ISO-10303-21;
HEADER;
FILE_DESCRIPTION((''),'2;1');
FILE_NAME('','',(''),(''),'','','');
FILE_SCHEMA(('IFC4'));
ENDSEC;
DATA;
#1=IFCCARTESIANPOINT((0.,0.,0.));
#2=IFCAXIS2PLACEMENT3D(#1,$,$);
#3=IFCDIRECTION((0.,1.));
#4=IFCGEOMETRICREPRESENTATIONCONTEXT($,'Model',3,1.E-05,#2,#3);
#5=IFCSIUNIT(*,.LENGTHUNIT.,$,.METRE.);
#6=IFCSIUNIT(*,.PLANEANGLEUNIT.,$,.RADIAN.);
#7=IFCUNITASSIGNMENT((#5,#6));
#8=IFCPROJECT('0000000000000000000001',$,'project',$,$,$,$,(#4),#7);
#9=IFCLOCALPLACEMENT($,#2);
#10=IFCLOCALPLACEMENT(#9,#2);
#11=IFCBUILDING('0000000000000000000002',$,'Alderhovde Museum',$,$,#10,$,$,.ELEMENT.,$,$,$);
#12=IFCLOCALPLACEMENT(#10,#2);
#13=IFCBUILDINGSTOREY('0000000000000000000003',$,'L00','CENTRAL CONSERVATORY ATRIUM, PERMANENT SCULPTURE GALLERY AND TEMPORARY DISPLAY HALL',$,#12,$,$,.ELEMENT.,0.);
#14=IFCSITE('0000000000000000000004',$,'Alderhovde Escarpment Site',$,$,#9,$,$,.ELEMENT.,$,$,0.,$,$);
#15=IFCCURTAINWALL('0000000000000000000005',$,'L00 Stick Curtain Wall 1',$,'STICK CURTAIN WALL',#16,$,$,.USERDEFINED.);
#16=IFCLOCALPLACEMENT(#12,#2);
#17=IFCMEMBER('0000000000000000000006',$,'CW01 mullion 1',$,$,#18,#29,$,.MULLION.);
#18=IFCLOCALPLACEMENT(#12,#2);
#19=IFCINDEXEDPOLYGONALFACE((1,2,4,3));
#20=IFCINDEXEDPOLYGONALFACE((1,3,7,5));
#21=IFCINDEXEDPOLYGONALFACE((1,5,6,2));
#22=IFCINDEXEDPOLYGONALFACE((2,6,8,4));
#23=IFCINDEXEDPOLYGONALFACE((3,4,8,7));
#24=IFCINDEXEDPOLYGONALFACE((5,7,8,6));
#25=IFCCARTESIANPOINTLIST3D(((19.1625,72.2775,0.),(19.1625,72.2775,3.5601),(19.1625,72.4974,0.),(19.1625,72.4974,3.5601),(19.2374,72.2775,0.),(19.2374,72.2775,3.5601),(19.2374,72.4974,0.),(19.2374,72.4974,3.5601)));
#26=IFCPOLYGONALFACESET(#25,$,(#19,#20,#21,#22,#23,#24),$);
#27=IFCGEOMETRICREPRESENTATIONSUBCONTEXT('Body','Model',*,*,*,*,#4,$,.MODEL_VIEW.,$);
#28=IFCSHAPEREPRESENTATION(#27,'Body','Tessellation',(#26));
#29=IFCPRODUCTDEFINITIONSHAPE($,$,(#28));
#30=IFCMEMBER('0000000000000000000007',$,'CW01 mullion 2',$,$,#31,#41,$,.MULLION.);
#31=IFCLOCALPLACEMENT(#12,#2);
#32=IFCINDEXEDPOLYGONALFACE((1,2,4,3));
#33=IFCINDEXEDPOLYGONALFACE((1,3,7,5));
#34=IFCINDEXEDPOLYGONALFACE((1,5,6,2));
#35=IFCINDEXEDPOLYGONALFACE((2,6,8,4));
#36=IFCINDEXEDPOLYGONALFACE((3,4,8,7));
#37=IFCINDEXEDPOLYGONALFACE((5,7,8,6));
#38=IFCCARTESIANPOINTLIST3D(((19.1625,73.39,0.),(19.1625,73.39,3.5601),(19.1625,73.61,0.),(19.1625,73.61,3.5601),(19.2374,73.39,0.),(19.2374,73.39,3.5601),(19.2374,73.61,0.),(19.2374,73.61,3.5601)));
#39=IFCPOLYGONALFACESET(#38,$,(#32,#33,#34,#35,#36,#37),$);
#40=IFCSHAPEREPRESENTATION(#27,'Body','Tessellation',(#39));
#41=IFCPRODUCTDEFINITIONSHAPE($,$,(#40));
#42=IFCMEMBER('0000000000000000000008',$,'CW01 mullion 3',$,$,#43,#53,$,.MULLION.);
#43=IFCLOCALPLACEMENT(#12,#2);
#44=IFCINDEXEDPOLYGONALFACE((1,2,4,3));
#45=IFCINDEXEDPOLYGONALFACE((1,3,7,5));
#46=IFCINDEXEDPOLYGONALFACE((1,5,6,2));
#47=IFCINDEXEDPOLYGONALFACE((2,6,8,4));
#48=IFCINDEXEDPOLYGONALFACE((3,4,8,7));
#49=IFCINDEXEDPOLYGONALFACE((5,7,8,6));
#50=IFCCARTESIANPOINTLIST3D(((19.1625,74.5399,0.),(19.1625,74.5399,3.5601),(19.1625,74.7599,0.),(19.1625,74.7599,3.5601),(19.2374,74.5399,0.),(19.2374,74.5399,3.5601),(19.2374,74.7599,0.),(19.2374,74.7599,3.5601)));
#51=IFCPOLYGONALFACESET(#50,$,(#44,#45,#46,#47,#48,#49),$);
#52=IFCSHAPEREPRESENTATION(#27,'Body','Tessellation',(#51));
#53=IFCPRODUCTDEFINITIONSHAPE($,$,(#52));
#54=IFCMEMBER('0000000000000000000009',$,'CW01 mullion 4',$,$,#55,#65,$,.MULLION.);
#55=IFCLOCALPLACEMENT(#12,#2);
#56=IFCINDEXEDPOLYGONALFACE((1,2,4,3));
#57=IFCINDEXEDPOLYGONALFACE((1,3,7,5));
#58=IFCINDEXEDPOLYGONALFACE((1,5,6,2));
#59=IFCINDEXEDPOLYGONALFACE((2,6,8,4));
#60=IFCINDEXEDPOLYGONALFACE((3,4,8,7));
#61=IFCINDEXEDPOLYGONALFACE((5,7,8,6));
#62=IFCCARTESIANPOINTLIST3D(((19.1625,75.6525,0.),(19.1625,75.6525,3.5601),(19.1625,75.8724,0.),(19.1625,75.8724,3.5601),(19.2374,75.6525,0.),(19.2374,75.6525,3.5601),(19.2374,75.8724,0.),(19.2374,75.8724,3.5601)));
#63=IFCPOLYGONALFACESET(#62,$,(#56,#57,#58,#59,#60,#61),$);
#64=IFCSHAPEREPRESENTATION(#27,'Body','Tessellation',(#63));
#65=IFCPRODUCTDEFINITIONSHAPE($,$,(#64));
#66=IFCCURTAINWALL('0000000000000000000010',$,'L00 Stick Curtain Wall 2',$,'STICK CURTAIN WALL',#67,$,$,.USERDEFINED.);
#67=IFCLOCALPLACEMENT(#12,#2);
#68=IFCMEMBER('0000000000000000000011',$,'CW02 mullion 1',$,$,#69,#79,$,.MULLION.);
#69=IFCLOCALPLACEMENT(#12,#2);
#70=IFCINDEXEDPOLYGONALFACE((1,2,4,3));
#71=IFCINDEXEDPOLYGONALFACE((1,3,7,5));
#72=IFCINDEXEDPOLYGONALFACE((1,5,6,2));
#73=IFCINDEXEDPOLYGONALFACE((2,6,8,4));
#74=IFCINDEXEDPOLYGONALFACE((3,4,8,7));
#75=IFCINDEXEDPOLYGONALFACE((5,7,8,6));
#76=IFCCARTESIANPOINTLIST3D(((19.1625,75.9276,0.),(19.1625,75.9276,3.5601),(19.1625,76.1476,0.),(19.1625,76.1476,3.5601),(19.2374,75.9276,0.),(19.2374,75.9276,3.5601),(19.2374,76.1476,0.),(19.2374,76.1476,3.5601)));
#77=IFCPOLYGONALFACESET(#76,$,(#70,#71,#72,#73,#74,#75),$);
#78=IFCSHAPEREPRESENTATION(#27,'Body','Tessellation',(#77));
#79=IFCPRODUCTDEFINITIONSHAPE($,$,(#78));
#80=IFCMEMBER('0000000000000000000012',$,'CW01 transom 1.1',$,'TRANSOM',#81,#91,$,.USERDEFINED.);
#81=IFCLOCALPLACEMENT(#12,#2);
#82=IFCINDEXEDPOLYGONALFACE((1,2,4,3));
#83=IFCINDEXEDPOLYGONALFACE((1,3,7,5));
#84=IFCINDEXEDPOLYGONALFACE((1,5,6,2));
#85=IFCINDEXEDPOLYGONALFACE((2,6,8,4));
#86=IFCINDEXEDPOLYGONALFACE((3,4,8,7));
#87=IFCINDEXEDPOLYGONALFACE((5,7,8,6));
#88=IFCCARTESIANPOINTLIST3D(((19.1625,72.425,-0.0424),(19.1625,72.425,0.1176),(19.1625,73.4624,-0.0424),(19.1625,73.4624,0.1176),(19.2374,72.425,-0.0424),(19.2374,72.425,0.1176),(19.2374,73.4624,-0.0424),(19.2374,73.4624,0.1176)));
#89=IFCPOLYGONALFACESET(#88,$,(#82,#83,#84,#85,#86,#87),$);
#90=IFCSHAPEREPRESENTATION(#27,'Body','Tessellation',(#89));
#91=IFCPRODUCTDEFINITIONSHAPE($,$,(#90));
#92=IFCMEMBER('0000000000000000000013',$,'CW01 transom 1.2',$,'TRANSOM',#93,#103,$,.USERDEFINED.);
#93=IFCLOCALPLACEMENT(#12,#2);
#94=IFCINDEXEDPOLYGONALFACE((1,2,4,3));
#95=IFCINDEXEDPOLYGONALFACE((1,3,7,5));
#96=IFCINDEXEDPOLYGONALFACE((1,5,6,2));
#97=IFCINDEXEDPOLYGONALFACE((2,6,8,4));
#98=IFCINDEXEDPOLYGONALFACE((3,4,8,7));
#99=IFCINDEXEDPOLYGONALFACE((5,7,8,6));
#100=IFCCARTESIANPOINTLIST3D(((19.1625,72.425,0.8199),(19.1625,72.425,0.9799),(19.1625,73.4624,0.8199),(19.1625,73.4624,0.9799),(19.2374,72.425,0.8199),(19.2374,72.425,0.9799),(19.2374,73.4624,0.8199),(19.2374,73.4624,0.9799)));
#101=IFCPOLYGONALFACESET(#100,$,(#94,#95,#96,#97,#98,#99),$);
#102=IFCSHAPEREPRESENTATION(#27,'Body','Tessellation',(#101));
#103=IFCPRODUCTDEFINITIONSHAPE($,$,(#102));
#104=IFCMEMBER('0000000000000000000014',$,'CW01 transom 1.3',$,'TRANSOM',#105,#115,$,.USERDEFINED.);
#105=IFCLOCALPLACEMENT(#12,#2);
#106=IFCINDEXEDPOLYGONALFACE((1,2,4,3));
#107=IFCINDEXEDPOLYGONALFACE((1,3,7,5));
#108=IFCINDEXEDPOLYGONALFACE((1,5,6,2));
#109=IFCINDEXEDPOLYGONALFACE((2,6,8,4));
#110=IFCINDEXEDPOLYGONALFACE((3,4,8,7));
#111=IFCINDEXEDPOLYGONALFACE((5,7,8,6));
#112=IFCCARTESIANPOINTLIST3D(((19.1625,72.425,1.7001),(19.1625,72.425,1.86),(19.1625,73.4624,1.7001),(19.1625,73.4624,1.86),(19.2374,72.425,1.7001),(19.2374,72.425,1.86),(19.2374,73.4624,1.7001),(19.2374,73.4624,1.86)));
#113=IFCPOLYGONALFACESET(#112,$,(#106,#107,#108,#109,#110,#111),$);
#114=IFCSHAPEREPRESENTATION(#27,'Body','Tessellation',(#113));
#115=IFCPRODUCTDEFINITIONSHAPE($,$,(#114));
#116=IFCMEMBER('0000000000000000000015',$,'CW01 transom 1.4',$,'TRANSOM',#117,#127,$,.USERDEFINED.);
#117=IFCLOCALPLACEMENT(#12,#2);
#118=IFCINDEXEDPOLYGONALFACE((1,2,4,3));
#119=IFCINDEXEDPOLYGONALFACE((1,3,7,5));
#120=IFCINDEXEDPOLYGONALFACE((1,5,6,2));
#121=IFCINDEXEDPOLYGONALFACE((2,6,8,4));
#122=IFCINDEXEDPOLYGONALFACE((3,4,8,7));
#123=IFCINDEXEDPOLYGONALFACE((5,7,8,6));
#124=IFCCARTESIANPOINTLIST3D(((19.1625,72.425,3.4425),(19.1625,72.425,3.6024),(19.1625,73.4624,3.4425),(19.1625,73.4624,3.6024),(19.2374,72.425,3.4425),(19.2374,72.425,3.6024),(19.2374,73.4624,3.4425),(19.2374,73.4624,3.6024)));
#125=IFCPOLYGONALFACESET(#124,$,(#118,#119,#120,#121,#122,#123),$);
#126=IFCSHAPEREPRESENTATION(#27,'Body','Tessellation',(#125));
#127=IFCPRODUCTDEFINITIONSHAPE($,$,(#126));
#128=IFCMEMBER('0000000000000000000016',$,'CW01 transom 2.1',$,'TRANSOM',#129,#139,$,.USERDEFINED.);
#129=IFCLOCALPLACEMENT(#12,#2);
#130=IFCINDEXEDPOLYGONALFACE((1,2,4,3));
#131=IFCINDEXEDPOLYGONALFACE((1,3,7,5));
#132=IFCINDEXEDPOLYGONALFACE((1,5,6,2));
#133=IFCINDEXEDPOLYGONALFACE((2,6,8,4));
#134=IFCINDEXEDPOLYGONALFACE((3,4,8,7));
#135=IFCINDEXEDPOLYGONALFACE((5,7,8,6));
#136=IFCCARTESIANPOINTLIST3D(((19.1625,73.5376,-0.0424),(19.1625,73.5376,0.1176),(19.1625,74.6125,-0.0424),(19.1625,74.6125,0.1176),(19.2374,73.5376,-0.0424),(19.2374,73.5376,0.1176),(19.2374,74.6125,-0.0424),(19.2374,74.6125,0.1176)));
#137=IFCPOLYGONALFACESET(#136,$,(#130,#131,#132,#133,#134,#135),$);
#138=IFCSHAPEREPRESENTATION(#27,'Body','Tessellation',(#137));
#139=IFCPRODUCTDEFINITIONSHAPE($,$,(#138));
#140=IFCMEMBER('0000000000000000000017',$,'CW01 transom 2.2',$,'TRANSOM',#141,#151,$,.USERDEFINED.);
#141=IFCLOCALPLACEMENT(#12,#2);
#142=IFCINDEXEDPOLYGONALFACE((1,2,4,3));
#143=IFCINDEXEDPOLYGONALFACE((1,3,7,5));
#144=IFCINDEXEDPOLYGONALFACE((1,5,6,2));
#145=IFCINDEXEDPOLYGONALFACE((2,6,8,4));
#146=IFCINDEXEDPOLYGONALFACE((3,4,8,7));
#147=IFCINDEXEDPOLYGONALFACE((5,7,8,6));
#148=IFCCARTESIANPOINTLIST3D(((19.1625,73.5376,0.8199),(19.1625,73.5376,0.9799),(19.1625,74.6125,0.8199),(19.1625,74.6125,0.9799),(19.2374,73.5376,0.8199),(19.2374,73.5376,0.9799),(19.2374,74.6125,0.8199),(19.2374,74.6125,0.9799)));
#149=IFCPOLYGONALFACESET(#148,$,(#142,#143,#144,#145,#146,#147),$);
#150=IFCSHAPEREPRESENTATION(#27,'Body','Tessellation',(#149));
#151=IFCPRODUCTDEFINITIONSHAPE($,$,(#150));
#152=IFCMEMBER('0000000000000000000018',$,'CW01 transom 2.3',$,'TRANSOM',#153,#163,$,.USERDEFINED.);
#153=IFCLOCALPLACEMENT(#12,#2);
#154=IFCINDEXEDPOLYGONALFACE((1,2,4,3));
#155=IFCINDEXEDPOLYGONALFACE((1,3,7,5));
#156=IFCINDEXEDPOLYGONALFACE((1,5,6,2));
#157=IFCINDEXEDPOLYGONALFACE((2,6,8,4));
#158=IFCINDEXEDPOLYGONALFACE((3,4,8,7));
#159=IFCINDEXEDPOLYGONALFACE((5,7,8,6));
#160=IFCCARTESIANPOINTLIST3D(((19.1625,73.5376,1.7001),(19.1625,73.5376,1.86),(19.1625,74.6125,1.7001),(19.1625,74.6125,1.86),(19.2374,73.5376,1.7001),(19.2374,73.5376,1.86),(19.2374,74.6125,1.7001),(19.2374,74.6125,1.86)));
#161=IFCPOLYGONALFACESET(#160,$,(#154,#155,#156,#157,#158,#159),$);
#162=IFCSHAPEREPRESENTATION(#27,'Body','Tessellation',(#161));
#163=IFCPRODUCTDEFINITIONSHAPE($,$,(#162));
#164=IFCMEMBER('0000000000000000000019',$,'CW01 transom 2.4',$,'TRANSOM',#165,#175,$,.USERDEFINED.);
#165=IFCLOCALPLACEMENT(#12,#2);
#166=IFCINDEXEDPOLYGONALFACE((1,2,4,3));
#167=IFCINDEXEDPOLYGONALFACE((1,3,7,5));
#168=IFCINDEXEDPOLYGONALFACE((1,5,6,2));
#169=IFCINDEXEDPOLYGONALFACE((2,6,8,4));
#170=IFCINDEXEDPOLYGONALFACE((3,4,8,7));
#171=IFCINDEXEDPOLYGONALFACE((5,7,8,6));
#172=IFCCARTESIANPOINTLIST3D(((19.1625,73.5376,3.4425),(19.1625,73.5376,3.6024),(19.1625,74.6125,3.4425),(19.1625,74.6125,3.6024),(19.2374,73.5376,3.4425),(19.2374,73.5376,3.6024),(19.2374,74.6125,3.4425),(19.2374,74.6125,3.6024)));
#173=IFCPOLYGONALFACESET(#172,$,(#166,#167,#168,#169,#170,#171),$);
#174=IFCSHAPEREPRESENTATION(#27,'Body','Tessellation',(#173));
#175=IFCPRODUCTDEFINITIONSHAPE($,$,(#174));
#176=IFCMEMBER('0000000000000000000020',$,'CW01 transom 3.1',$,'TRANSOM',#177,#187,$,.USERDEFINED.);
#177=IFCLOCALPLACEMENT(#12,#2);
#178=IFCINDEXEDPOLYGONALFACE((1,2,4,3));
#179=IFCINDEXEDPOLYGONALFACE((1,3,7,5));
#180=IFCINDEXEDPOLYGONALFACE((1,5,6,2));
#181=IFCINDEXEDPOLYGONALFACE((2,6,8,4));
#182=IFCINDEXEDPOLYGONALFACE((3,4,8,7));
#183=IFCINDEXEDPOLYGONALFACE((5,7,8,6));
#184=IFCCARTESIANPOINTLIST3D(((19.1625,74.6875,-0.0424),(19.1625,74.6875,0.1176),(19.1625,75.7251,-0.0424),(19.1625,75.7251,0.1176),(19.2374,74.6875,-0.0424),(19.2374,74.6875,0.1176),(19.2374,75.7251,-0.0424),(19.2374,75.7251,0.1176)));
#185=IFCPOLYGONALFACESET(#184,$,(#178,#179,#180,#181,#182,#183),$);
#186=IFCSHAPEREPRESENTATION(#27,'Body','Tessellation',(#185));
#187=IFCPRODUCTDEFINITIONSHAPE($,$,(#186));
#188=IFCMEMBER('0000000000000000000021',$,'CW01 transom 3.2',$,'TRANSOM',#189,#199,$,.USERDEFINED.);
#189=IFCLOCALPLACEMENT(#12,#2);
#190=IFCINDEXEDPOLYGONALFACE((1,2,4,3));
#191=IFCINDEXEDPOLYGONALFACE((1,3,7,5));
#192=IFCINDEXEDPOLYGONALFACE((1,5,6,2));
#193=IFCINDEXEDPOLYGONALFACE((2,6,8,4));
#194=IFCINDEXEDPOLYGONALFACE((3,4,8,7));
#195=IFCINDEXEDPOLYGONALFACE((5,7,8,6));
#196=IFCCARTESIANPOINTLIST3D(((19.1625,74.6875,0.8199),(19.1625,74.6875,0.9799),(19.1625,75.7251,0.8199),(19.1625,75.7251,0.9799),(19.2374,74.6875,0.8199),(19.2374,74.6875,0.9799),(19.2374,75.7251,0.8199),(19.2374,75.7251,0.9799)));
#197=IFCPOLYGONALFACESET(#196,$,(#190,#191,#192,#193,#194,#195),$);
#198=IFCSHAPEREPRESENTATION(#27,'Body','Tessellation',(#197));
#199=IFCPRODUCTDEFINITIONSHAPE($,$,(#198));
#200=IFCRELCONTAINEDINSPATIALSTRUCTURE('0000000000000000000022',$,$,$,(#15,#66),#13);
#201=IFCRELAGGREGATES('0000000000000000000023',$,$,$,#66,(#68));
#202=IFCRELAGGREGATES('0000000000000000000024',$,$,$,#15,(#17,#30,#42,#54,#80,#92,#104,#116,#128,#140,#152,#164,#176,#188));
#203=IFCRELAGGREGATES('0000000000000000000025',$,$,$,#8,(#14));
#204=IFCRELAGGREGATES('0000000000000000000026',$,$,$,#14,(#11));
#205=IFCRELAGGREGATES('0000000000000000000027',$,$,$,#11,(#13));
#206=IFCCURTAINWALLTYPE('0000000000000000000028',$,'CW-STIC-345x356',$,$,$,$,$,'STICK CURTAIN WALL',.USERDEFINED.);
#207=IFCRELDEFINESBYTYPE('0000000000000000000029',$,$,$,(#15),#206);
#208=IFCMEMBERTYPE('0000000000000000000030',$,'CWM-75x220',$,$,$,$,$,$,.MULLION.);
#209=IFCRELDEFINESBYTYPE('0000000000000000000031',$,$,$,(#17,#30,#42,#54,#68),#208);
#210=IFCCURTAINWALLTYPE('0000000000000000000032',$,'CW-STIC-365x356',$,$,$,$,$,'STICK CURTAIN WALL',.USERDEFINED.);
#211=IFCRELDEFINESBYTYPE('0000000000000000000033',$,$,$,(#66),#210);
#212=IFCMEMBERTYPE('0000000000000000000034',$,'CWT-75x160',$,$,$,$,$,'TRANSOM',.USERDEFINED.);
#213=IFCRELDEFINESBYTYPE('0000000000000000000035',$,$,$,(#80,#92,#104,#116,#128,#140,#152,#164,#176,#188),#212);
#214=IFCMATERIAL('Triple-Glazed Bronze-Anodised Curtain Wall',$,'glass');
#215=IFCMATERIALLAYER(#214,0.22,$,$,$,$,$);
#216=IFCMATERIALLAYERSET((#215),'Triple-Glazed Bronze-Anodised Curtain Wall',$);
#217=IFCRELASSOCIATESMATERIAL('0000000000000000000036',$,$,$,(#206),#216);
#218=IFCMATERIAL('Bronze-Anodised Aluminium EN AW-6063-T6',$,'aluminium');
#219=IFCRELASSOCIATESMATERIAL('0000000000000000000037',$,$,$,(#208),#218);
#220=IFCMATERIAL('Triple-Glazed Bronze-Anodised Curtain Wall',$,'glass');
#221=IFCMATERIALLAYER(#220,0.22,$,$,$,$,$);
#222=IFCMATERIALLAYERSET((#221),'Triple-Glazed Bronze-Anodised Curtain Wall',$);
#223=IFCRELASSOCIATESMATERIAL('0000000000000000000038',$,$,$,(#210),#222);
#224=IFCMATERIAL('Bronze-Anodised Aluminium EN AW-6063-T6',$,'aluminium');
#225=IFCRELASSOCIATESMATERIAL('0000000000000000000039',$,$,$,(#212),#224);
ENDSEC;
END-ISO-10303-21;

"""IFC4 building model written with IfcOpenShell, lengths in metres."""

from ifc_helpers import new_model, si_unit, direction, frame, origin, origin_2d, place, context, subcontext, project, spatial, rectangle, extrude, material, layer, layer_set, material_profile, profile_set, type_object, element, aggregate, save


model = new_model("IFC4")

# Units and contexts
model_context = context("Model", 3, precision=1e-05, world=origin(), true_north=direction((0.0, 1.0)))
body_context = subcontext(model_context, "Body", "Model", "MODEL_VIEW")
ifc_project = project(units=[si_unit("LENGTHUNIT", "METRE"), si_unit("PLANEANGLEUNIT", "RADIAN")], contexts=[model_context])

# Site, building, storey
site_placement = place(None, origin())
site = spatial("IfcSite", under=ifc_project, at=site_placement, Name="Alderhovde Escarpment Site", CompositionType="ELEMENT", RefElevation=0.0)
building_placement = place(site_placement, origin())
building = spatial("IfcBuilding", under=site, at=building_placement, Name="Alderhovde Museum", CompositionType="ELEMENT")
storey_placement = place(building_placement, origin())
storey = spatial("IfcBuildingStorey", under=building, at=storey_placement, Name="L00", Description="CENTRAL CONSERVATORY ATRIUM, PERMANENT SCULPTURE GALLERY AND TEMPORARY DISPLAY HALL", CompositionType="ELEMENT", Elevation=0.0)

# Curtain wall, members
ifc_material_1 = material(Name="Triple-Glazed Bronze-Anodised Curtain Wall", Category="glass")
ifc_layer_1 = layer(ifc_material_1, 0.22)
ifc_layer_set_1 = layer_set([ifc_layer_1], Name="Triple-Glazed Bronze-Anodised Curtain Wall")
curtain_wall_type_1 = type_object("IfcCurtainWallType", Name="CW-STIC-345x356", ElementType="STICK CURTAIN WALL", PredefinedType="USERDEFINED", material=ifc_layer_set_1)
curtain_wall_1_placement = place(storey_placement, origin())
curtain_wall_1 = element("IfcCurtainWall", 1, at=curtain_wall_1_placement, inside=storey, type_object=curtain_wall_type_1, Name="L00 Stick Curtain Wall 1", ObjectType="STICK CURTAIN WALL", PredefinedType="USERDEFINED")
ifc_material_2 = material(Name="Bronze-Anodised Aluminium EN AW-6063-T6", Category="aluminium")
ifc_material_profile_1 = material_profile(ifc_material_2, rectangle(XDim=0.075, YDim=0.22, at=origin_2d()), Name="MULLION 75x220")
ifc_profile_set_1 = profile_set([ifc_material_profile_1], Name="Bronze-Anodised Aluminium EN AW-6063-T6")
member_type_1 = type_object("IfcMemberType", Name="CWM-75x220", PredefinedType="MULLION", material=ifc_profile_set_1)
member_1_placement = place(storey_placement, frame((19.2, 72.3875, 0.0), z_axis=(0.0, 0.0, 1.0), x_axis=(-1.0, 0.0, 0.0)))
member_1 = element("IfcMember", 2, at=member_1_placement, type_object=member_type_1, Name="CW01 mullion 1", PredefinedType="MULLION", context=body_context, shape_type="SweptSolid", body=[
    extrude(rectangle(XDim=0.075, YDim=0.22, at=origin_2d()), origin(), (0.0, 0.0, 1.0), 3.5601),
])
member_2_placement = place(storey_placement, frame((19.2, 73.5, 0.0), z_axis=(0.0, 0.0, 1.0), x_axis=(-1.0, 0.0, 0.0)))
member_2 = element("IfcMember", 3, at=member_2_placement, type_object=member_type_1, Name="CW01 mullion 2", PredefinedType="MULLION", context=body_context, shape_type="SweptSolid", body=[
    extrude(rectangle(XDim=0.075, YDim=0.22, at=origin_2d()), origin(), (0.0, 0.0, 1.0), 3.5601),
])
member_3_placement = place(storey_placement, frame((19.2, 74.6499, 0.0), z_axis=(0.0, 0.0, 1.0), x_axis=(-1.0, 0.0, 0.0)))
member_3 = element("IfcMember", 4, at=member_3_placement, type_object=member_type_1, Name="CW01 mullion 3", PredefinedType="MULLION", context=body_context, shape_type="SweptSolid", body=[
    extrude(rectangle(XDim=0.075, YDim=0.22, at=origin_2d()), origin(), (0.0, 0.0, 1.0), 3.5601),
])
member_4_placement = place(storey_placement, frame((19.2, 75.7625, 0.0), z_axis=(0.0, 0.0, 1.0), x_axis=(-1.0, 0.0, 0.0)))
member_4 = element("IfcMember", 5, at=member_4_placement, type_object=member_type_1, Name="CW01 mullion 4", PredefinedType="MULLION", context=body_context, shape_type="SweptSolid", body=[
    extrude(rectangle(XDim=0.075, YDim=0.22, at=origin_2d()), origin(), (0.0, 0.0, 1.0), 3.5601),
])

# Curtain wall, member
ifc_material_3 = material(Name="Triple-Glazed Bronze-Anodised Curtain Wall", Category="glass")
ifc_layer_2 = layer(ifc_material_3, 0.22)
ifc_layer_set_2 = layer_set([ifc_layer_2], Name="Triple-Glazed Bronze-Anodised Curtain Wall")
curtain_wall_type_2 = type_object("IfcCurtainWallType", Name="CW-STIC-365x356", ElementType="STICK CURTAIN WALL", PredefinedType="USERDEFINED", material=ifc_layer_set_2)
curtain_wall_2_placement = place(storey_placement, origin())
curtain_wall_2 = element("IfcCurtainWall", 6, at=curtain_wall_2_placement, inside=storey, type_object=curtain_wall_type_2, Name="L00 Stick Curtain Wall 2", ObjectType="STICK CURTAIN WALL", PredefinedType="USERDEFINED")
member_5_placement = place(storey_placement, frame((19.2, 76.0376, 0.0), z_axis=(0.0, 0.0, 1.0), x_axis=(-1.0, 0.0, 0.0)))
member_5 = element("IfcMember", 7, at=member_5_placement, type_object=member_type_1, Name="CW02 mullion 1", PredefinedType="MULLION", context=body_context, shape_type="SweptSolid", body=[
    extrude(rectangle(XDim=0.075, YDim=0.22, at=origin_2d()), origin(), (0.0, 0.0, 1.0), 3.5601),
])
aggregate(curtain_wall_2, [member_5])

# Members
ifc_material_4 = material(Name="Bronze-Anodised Aluminium EN AW-6063-T6", Category="aluminium")
ifc_material_profile_2 = material_profile(ifc_material_4, rectangle(XDim=0.075, YDim=0.1599, at=origin_2d()), Name="TRANSOM 75x160")
ifc_profile_set_2 = profile_set([ifc_material_profile_2], Name="Bronze-Anodised Aluminium EN AW-6063-T6")
member_type_2 = type_object("IfcMemberType", Name="CWT-75x160", ElementType="TRANSOM", PredefinedType="USERDEFINED", material=ifc_profile_set_2)
member_6_placement = place(storey_placement, frame((19.2, 72.425, 0.0376), z_axis=(0.0, 1.0, 0.0), x_axis=(-1.0, 0.0, 0.0)))
member_6 = element("IfcMember", 8, at=member_6_placement, type_object=member_type_2, Name="CW01 transom 1.1", ObjectType="TRANSOM", PredefinedType="USERDEFINED", context=body_context, shape_type="SweptSolid", body=[
    extrude(rectangle(XDim=0.075, YDim=0.1599, at=origin_2d()), origin(), (0.0, 0.0, 1.0), 1.0374),
])
member_7_placement = place(storey_placement, frame((19.2, 72.425, 0.8999), z_axis=(0.0, 1.0, 0.0), x_axis=(-1.0, 0.0, 0.0)))
member_7 = element("IfcMember", 9, at=member_7_placement, type_object=member_type_2, Name="CW01 transom 1.2", ObjectType="TRANSOM", PredefinedType="USERDEFINED", context=body_context, shape_type="SweptSolid", body=[
    extrude(rectangle(XDim=0.075, YDim=0.1599, at=origin_2d()), origin(), (0.0, 0.0, 1.0), 1.0374),
])
member_8_placement = place(storey_placement, frame((19.2, 72.425, 1.78), z_axis=(0.0, 1.0, 0.0), x_axis=(-1.0, 0.0, 0.0)))
member_8 = element("IfcMember", 10, at=member_8_placement, type_object=member_type_2, Name="CW01 transom 1.3", ObjectType="TRANSOM", PredefinedType="USERDEFINED", context=body_context, shape_type="SweptSolid", body=[
    extrude(rectangle(XDim=0.075, YDim=0.1599, at=origin_2d()), origin(), (0.0, 0.0, 1.0), 1.0374),
])
member_9_placement = place(storey_placement, frame((19.2, 72.425, 3.5225), z_axis=(0.0, 1.0, 0.0), x_axis=(-1.0, 0.0, 0.0)))
member_9 = element("IfcMember", 11, at=member_9_placement, type_object=member_type_2, Name="CW01 transom 1.4", ObjectType="TRANSOM", PredefinedType="USERDEFINED", context=body_context, shape_type="SweptSolid", body=[
    extrude(rectangle(XDim=0.075, YDim=0.1599, at=origin_2d()), origin(), (0.0, 0.0, 1.0), 1.0374),
])
member_10_placement = place(storey_placement, frame((19.2, 73.5376, 0.0376), z_axis=(0.0, 1.0, 0.0), x_axis=(-1.0, 0.0, 0.0)))
member_10 = element("IfcMember", 12, at=member_10_placement, type_object=member_type_2, Name="CW01 transom 2.1", ObjectType="TRANSOM", PredefinedType="USERDEFINED", context=body_context, shape_type="SweptSolid", body=[
    extrude(rectangle(XDim=0.075, YDim=0.1599, at=origin_2d()), origin(), (0.0, 0.0, 1.0), 1.075),
])
member_11_placement = place(storey_placement, frame((19.2, 73.5376, 0.8999), z_axis=(0.0, 1.0, 0.0), x_axis=(-1.0, 0.0, 0.0)))
member_11 = element("IfcMember", 13, at=member_11_placement, type_object=member_type_2, Name="CW01 transom 2.2", ObjectType="TRANSOM", PredefinedType="USERDEFINED", context=body_context, shape_type="SweptSolid", body=[
    extrude(rectangle(XDim=0.075, YDim=0.1599, at=origin_2d()), origin(), (0.0, 0.0, 1.0), 1.075),
])
member_12_placement = place(storey_placement, frame((19.2, 73.5376, 1.78), z_axis=(0.0, 1.0, 0.0), x_axis=(-1.0, 0.0, 0.0)))
member_12 = element("IfcMember", 14, at=member_12_placement, type_object=member_type_2, Name="CW01 transom 2.3", ObjectType="TRANSOM", PredefinedType="USERDEFINED", context=body_context, shape_type="SweptSolid", body=[
    extrude(rectangle(XDim=0.075, YDim=0.1599, at=origin_2d()), origin(), (0.0, 0.0, 1.0), 1.075),
])
member_13_placement = place(storey_placement, frame((19.2, 73.5376, 3.5225), z_axis=(0.0, 1.0, 0.0), x_axis=(-1.0, 0.0, 0.0)))
member_13 = element("IfcMember", 15, at=member_13_placement, type_object=member_type_2, Name="CW01 transom 2.4", ObjectType="TRANSOM", PredefinedType="USERDEFINED", context=body_context, shape_type="SweptSolid", body=[
    extrude(rectangle(XDim=0.075, YDim=0.1599, at=origin_2d()), origin(), (0.0, 0.0, 1.0), 1.075),
])
member_14_placement = place(storey_placement, frame((19.2, 74.6875, 0.0376), z_axis=(0.0, 1.0, 0.0), x_axis=(-1.0, 0.0, 0.0)))
member_14 = element("IfcMember", 16, at=member_14_placement, type_object=member_type_2, Name="CW01 transom 3.1", ObjectType="TRANSOM", PredefinedType="USERDEFINED", context=body_context, shape_type="SweptSolid", body=[
    extrude(rectangle(XDim=0.075, YDim=0.1599, at=origin_2d()), origin(), (0.0, 0.0, 1.0), 1.0376),
])
member_15_placement = place(storey_placement, frame((19.2, 74.6875, 0.8999), z_axis=(0.0, 1.0, 0.0), x_axis=(-1.0, 0.0, 0.0)))
member_15 = element("IfcMember", 17, at=member_15_placement, type_object=member_type_2, Name="CW01 transom 3.2", ObjectType="TRANSOM", PredefinedType="USERDEFINED", context=body_context, shape_type="SweptSolid", body=[
    extrude(rectangle(XDim=0.075, YDim=0.1599, at=origin_2d()), origin(), (0.0, 0.0, 1.0), 1.0376),
])

aggregate(curtain_wall_1, [member_1, member_2, member_3, member_4, member_6, member_7, member_8, member_9, member_10, member_11, member_12, member_13, member_14, member_15])

save(model, "model.ifc")
